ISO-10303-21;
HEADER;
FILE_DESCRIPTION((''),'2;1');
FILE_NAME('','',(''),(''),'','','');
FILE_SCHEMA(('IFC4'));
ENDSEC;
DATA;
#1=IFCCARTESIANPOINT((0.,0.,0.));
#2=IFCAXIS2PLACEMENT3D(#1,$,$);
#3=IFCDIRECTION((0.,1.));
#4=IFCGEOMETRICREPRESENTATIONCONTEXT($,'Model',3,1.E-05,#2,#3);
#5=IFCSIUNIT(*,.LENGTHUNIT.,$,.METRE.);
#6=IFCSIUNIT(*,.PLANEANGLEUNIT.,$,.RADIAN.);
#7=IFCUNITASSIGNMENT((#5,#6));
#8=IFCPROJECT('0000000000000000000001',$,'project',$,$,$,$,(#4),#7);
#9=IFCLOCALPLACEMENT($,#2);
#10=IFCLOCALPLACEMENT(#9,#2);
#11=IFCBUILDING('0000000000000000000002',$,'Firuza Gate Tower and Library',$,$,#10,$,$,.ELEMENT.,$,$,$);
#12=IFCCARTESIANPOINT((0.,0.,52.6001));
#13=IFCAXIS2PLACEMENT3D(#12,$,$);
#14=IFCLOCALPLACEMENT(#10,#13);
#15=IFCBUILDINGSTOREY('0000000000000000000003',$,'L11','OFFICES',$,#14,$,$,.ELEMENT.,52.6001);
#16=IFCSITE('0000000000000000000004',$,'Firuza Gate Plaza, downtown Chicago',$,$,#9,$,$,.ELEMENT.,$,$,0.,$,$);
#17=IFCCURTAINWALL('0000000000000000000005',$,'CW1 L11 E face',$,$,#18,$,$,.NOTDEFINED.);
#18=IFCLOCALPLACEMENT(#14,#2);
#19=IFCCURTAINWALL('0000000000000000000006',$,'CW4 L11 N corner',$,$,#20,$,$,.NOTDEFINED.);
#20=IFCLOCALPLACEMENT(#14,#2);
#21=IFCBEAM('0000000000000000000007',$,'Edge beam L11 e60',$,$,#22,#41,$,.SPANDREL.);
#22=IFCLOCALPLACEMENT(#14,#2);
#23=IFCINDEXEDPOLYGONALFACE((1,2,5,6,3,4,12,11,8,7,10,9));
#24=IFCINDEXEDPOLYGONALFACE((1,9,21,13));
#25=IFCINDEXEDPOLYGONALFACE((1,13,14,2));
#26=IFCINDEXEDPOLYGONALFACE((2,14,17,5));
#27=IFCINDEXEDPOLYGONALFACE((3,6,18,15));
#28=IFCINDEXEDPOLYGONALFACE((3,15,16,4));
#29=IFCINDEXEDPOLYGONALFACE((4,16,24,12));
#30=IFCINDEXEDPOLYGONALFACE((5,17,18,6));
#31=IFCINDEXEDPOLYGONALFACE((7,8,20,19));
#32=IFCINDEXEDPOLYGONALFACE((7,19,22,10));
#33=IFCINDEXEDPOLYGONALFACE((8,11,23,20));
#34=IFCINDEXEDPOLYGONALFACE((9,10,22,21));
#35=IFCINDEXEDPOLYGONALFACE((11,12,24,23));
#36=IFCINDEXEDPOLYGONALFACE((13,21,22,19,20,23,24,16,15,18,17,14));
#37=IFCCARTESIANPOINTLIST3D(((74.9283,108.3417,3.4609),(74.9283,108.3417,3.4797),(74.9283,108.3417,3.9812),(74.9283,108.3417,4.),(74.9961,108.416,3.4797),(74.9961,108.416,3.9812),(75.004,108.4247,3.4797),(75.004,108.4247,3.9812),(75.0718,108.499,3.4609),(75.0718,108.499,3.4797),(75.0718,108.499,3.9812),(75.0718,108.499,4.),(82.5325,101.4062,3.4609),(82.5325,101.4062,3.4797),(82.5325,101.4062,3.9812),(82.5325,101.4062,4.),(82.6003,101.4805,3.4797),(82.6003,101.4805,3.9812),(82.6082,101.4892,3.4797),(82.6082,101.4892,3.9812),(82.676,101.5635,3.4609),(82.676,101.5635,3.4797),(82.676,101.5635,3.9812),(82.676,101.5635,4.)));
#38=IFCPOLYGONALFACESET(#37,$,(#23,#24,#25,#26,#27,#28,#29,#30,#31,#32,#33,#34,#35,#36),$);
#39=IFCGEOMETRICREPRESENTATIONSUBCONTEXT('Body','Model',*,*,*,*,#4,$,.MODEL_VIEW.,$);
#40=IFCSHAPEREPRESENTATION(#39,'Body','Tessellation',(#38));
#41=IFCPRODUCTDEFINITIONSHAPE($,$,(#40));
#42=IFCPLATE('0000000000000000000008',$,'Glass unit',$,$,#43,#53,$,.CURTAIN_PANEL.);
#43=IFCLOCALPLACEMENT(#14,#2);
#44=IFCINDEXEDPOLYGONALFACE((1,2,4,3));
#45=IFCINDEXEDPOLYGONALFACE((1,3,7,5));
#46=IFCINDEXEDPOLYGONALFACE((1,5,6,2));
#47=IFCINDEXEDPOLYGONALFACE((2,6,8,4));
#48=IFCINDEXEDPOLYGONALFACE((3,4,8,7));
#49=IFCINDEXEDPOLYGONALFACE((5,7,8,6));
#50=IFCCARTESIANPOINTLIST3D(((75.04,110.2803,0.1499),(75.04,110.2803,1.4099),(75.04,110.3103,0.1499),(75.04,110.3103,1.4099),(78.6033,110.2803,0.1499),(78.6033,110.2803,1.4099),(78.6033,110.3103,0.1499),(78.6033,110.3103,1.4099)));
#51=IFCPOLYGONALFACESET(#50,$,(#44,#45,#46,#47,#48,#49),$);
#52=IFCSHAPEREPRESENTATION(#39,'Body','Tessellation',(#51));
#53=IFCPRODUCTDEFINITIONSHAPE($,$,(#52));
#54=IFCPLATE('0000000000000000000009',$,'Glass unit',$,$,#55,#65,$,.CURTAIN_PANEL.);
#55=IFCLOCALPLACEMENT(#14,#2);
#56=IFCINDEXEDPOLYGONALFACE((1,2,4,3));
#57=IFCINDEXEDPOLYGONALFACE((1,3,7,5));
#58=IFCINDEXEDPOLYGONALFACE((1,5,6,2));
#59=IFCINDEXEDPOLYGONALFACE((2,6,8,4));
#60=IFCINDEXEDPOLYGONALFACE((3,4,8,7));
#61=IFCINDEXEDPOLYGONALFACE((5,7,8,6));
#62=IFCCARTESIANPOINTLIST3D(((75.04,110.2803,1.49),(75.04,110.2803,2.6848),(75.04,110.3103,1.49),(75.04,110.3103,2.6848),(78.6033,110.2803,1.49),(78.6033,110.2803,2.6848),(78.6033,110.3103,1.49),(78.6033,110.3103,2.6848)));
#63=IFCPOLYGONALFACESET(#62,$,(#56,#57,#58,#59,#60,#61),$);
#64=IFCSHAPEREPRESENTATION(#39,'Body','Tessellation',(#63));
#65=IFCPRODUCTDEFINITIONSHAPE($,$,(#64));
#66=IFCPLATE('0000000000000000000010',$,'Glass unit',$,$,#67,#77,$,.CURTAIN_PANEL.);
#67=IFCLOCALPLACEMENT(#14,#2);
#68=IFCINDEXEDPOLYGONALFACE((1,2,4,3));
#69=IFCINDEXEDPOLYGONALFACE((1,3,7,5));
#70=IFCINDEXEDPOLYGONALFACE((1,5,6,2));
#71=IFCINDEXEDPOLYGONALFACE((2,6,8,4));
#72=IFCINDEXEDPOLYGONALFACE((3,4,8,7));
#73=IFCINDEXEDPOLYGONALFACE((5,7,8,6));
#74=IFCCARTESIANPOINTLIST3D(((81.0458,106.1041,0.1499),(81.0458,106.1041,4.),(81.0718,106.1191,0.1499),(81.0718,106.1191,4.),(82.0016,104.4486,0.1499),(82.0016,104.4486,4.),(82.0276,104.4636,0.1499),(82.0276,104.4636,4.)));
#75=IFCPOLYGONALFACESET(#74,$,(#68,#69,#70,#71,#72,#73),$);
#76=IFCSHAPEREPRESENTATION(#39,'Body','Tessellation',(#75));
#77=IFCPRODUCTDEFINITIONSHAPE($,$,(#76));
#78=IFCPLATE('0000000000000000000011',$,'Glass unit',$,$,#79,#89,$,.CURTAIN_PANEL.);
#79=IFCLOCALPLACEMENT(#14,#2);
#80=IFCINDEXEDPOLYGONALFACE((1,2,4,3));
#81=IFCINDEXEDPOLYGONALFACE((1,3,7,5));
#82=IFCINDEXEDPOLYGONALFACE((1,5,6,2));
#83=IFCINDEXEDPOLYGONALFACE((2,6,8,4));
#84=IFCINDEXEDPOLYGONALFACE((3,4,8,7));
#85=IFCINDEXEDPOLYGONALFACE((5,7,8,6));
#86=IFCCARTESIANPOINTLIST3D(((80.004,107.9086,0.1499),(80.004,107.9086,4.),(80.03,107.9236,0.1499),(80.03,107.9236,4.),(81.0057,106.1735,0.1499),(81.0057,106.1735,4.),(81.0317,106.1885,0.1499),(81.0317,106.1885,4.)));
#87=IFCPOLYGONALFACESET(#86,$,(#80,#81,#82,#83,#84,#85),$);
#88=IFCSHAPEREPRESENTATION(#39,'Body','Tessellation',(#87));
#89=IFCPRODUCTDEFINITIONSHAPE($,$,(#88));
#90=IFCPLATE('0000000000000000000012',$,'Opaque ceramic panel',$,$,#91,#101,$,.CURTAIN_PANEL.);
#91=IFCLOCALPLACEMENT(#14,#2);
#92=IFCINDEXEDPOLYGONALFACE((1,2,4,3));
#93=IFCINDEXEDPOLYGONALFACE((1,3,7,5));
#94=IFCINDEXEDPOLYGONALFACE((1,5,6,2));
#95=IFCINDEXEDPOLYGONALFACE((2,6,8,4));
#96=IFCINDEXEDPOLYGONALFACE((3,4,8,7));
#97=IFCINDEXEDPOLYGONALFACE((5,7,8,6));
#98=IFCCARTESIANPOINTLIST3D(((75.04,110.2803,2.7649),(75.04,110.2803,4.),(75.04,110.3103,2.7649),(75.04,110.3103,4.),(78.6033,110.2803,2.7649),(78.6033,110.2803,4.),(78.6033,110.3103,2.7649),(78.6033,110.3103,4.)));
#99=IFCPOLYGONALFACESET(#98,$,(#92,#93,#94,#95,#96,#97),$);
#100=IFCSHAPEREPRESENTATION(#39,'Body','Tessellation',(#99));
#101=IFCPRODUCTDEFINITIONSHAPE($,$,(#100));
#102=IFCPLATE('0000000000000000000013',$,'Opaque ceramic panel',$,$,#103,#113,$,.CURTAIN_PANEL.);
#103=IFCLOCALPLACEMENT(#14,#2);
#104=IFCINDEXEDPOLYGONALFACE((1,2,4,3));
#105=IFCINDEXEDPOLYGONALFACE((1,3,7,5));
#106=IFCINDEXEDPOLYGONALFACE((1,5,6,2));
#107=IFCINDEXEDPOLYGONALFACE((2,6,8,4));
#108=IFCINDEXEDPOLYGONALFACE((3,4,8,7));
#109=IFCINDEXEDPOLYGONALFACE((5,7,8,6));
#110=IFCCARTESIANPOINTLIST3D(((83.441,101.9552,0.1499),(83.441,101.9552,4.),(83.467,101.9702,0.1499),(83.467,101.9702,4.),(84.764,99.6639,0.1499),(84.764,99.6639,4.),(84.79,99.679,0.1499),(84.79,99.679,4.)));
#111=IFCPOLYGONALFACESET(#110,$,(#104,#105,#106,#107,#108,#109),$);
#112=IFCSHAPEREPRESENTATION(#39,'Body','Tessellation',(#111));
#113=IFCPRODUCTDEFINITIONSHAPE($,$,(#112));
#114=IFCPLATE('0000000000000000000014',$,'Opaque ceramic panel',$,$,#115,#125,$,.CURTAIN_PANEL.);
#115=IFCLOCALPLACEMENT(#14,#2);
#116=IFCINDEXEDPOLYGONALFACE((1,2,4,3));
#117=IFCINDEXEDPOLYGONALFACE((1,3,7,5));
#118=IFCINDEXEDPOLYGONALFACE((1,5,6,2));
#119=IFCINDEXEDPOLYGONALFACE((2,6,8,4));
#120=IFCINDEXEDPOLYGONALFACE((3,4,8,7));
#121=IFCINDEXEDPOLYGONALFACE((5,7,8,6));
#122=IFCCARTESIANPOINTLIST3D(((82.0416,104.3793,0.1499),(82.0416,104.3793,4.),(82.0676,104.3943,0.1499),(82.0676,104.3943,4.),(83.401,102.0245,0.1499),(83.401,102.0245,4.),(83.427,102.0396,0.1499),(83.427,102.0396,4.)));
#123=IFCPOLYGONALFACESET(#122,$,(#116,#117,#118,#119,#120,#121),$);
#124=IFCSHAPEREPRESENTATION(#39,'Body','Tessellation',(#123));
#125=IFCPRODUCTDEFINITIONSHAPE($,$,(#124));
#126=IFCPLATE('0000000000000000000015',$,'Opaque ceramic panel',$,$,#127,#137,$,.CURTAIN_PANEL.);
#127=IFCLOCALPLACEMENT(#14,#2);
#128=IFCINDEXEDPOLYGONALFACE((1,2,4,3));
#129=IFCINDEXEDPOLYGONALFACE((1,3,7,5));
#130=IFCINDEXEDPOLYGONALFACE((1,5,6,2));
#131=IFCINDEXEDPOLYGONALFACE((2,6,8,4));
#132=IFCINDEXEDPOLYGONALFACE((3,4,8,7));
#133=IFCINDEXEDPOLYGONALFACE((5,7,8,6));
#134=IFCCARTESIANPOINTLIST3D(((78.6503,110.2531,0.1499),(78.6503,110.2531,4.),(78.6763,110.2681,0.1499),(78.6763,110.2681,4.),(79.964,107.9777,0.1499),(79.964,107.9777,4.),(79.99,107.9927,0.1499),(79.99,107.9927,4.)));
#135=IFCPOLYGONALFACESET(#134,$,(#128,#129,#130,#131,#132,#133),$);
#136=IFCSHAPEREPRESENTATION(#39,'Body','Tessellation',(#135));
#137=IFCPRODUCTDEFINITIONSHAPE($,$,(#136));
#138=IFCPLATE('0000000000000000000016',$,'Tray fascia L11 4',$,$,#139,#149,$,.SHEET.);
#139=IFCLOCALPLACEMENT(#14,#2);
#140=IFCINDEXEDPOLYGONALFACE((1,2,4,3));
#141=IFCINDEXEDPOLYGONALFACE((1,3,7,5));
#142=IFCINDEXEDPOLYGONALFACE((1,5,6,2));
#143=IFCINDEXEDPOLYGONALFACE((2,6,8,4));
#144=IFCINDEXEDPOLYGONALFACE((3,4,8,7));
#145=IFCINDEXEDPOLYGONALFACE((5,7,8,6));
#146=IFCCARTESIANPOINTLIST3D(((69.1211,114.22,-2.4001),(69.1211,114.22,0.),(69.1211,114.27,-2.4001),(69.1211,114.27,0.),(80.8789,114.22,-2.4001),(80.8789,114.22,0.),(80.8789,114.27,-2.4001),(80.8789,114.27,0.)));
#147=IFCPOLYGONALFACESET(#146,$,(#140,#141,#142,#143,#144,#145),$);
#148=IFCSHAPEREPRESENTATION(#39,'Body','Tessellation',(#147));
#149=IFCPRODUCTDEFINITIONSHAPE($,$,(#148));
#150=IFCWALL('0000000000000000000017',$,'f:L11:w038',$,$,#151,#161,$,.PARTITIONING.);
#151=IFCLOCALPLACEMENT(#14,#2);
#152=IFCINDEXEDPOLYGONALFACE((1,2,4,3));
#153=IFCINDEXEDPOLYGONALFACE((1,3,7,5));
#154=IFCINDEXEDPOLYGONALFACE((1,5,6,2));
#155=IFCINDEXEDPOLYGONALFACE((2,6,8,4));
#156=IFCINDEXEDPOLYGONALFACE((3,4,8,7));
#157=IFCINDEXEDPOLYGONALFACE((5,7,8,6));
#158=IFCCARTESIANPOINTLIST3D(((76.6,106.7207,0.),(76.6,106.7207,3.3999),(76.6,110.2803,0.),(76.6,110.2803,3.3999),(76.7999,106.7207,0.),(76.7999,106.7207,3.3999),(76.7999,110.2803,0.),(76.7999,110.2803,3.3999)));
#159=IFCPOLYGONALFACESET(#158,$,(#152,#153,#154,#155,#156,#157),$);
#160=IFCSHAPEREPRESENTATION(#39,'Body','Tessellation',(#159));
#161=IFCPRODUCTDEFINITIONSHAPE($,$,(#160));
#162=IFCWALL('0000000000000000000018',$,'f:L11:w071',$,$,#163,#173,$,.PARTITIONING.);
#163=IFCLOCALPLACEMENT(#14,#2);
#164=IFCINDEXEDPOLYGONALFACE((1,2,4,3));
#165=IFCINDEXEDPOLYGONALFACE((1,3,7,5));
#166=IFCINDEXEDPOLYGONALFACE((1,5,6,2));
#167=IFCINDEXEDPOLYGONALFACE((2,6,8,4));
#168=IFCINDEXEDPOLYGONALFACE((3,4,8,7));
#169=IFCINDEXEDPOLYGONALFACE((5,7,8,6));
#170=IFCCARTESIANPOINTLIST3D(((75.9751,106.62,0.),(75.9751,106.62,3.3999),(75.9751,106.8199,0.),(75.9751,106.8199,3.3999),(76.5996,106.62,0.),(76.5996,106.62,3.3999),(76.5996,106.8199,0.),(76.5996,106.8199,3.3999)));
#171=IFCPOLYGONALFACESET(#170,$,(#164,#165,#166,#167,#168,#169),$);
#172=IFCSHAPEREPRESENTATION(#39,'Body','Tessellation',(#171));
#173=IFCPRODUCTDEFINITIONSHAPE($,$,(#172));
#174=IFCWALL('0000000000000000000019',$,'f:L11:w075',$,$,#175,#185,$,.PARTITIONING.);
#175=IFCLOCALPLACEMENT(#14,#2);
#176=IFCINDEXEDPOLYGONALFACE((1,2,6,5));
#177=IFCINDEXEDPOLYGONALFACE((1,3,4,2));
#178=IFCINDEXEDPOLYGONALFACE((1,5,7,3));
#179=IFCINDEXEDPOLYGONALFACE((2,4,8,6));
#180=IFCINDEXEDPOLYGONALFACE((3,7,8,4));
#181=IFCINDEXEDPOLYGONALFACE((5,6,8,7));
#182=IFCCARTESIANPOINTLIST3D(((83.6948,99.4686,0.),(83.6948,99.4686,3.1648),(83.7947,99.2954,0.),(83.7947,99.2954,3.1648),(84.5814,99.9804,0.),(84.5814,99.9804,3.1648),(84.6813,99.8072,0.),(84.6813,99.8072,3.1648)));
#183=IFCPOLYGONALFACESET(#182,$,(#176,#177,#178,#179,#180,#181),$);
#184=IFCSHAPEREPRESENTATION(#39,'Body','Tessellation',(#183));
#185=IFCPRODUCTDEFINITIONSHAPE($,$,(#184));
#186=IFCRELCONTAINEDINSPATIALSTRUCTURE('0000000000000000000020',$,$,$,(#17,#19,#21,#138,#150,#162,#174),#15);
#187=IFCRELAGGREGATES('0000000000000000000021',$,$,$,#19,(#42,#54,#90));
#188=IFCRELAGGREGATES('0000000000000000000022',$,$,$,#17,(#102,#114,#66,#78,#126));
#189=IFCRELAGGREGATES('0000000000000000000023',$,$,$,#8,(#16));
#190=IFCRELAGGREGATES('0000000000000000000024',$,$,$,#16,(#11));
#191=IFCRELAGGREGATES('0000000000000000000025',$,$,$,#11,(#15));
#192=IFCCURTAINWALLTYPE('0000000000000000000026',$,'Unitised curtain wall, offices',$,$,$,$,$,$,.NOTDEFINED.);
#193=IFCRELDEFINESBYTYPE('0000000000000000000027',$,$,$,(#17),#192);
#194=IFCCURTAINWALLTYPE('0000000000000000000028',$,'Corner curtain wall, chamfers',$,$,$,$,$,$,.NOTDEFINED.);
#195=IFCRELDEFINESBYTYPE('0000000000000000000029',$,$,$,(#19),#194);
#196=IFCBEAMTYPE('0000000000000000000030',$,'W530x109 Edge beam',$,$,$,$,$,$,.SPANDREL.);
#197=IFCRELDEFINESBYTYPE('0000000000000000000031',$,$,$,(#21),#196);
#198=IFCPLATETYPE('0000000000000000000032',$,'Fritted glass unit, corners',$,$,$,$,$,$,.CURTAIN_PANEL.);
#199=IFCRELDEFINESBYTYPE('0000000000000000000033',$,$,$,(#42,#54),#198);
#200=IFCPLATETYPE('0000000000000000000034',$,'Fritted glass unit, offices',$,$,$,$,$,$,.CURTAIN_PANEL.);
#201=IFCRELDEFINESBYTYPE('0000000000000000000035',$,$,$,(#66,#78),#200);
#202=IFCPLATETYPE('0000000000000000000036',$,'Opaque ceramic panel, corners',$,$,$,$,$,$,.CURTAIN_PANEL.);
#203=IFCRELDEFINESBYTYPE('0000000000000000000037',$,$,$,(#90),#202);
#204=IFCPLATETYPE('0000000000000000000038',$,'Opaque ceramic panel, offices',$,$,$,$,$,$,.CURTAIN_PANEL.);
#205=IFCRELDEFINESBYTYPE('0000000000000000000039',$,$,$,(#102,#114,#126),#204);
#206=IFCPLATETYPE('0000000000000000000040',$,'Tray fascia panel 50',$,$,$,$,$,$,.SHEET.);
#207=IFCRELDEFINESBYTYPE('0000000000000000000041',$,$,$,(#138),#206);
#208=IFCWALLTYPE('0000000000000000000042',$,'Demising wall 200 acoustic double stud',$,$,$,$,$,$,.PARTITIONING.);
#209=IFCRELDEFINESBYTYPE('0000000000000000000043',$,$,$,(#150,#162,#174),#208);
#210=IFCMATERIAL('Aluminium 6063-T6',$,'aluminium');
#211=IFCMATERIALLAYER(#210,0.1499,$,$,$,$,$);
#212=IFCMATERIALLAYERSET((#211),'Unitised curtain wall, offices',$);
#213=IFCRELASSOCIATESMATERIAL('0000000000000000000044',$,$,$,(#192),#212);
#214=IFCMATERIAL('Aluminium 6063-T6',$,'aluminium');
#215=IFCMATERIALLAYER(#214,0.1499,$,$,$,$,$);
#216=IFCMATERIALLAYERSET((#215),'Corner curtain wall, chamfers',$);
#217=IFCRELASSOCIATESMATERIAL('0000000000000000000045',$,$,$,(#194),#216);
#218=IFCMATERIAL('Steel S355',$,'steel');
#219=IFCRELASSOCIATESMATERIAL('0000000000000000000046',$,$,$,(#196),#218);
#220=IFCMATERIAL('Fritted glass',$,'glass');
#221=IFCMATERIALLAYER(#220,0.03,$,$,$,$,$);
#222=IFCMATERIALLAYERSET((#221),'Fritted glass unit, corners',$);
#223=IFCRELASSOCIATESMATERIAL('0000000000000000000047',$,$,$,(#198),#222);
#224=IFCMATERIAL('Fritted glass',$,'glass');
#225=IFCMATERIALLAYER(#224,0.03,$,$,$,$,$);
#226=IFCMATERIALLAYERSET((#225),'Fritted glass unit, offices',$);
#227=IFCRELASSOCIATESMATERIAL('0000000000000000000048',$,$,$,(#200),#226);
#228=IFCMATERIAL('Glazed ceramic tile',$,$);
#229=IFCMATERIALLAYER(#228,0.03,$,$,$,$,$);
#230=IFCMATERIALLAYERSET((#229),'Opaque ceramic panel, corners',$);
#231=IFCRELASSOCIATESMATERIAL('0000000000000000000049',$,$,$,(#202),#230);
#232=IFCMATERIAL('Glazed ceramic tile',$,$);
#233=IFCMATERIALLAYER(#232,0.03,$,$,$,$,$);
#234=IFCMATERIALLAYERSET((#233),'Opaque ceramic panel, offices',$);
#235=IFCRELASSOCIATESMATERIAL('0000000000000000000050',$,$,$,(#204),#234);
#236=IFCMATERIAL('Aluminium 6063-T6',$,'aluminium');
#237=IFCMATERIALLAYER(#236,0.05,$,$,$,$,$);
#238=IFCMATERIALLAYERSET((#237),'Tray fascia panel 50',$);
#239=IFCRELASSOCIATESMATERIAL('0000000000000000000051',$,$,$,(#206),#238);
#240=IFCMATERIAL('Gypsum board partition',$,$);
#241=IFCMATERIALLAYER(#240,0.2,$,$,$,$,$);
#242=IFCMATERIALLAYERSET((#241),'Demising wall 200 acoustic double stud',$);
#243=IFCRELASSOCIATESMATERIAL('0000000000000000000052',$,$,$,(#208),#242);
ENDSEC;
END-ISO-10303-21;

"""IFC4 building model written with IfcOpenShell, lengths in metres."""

from ifc_helpers import new_model, si_unit, direction, frame, frame_2d, origin, origin_2d, place, context, subcontext, project, spatial, polyline, rectangle, i_section, outline, extrude, material, layer, layer_set, material_profile, profile_set, type_object, element, aggregate, save


model = new_model("IFC4")

# Units and contexts
model_context = context("Model", 3, precision=1e-05, world=origin(), true_north=direction((0.0, 1.0)))
body_context = subcontext(model_context, "Body", "Model", "MODEL_VIEW")
ifc_project = project(units=[si_unit("LENGTHUNIT", "METRE"), si_unit("PLANEANGLEUNIT", "RADIAN")], contexts=[model_context])

# Site, building, storey
site_placement = place(None, origin())
site = spatial("IfcSite", under=ifc_project, at=site_placement, Name="Firuza Gate Plaza, downtown Chicago", CompositionType="ELEMENT", RefElevation=0.0)
building_placement = place(site_placement, origin())
building = spatial("IfcBuilding", under=site, at=building_placement, Name="Firuza Gate Tower and Library", CompositionType="ELEMENT")
storey_placement = place(building_placement, frame((0.0, 0.0, 52.6001)))
storey = spatial("IfcBuildingStorey", under=building, at=storey_placement, Name="L11", Description="OFFICES", CompositionType="ELEMENT", Elevation=52.6001)

# Curtain walls
ifc_material_1 = material(Name="Aluminium 6063-T6", Category="aluminium")
ifc_layer_1 = layer(ifc_material_1, 0.1499)
ifc_layer_set_1 = layer_set([ifc_layer_1], Name="Unitised curtain wall, offices")
curtain_wall_type_1 = type_object("IfcCurtainWallType", Name="Unitised curtain wall, offices", PredefinedType="NOTDEFINED", material=ifc_layer_set_1)
placement = place(storey_placement, origin())
curtain_wall_1 = element("IfcCurtainWall", 1, at=placement, inside=storey, type_object=curtain_wall_type_1, Name="CW1 L11 E face", PredefinedType="NOTDEFINED")
ifc_material_2 = material(Name="Aluminium 6063-T6", Category="aluminium")
ifc_layer_2 = layer(ifc_material_2, 0.1499)
ifc_layer_set_2 = layer_set([ifc_layer_2], Name="Corner curtain wall, chamfers")
curtain_wall_type_2 = type_object("IfcCurtainWallType", Name="Corner curtain wall, chamfers", PredefinedType="NOTDEFINED", material=ifc_layer_set_2)
curtain_wall_2 = element("IfcCurtainWall", 2, at=placement, inside=storey, type_object=curtain_wall_type_2, Name="CW4 L11 N corner", PredefinedType="NOTDEFINED")

# Beam
ifc_material_3 = material(Name="Steel S355", Category="steel")
ifc_material_profile_1 = material_profile(ifc_material_3, i_section(OverallWidth=0.2129, OverallDepth=0.5391, WebThickness=0.0117, FlangeThickness=0.0188, at=origin_2d()))
ifc_profile_set_1 = profile_set([ifc_material_profile_1], Name="Steel S355")
beam_type_1 = type_object("IfcBeamType", Name="W530x109 Edge beam", PredefinedType="SPANDREL", material=ifc_profile_set_1)
beam_1_placement = place(storey_placement, frame((82.6042, 101.4849, 3.7305), z_axis=(-0.738846, 0.673874, 0.0), x_axis=(-0.673874, -0.738846, 0.0)))
element("IfcBeam", 3, at=beam_1_placement, inside=storey, type_object=beam_type_1, Name="Edge beam L11 e60", PredefinedType="SPANDREL", context=body_context, shape_type="SweptSolid", body=[
    extrude(i_section(OverallWidth=0.2129, OverallDepth=0.5391, WebThickness=0.0117, FlangeThickness=0.0188, at=origin_2d()), origin(), (0.0, 0.0, 1.0), 10.292),
])

# Plates
ifc_material_4 = material(Name="Fritted glass", Category="glass")
ifc_layer_3 = layer(ifc_material_4, 0.03)
ifc_layer_set_3 = layer_set([ifc_layer_3], Name="Fritted glass unit, corners")
plate_type_1 = type_object("IfcPlateType", Name="Fritted glass unit, corners", PredefinedType="CURTAIN_PANEL", material=ifc_layer_set_3)
plate_1_placement = place(storey_placement, frame((78.6033, 110.3103, 0.1499), z_axis=(0.0, 1.0, 0.0), x_axis=(-1.0, 0.0, 0.0)))
plate_1 = element("IfcPlate", 4, at=plate_1_placement, type_object=plate_type_1, Name="Glass unit", PredefinedType="CURTAIN_PANEL", context=body_context, shape_type="SweptSolid", body=[
    extrude(outline(polyline([(0.0, 0.0), (3.5632, 0.0), (3.5632, 1.26), (0.0, 1.26), (0.0, 0.0)])), origin(), (0.0, 0.0, -1.0), 0.03),
])
plate_2_placement = place(storey_placement, frame((78.6033, 110.3103, 1.49), z_axis=(0.0, 1.0, 0.0), x_axis=(-1.0, 0.0, 0.0)))
plate_2 = element("IfcPlate", 5, at=plate_2_placement, type_object=plate_type_1, Name="Glass unit", PredefinedType="CURTAIN_PANEL", context=body_context, shape_type="SweptSolid", body=[
    extrude(outline(polyline([(0.0, 0.0), (3.5632, 0.0), (3.5632, 1.1948), (0.0, 1.1948), (0.0, 0.0)])), origin(), (0.0, 0.0, -1.0), 0.03),
])
ifc_material_5 = material(Name="Fritted glass", Category="glass")
ifc_layer_4 = layer(ifc_material_5, 0.03)
ifc_layer_set_4 = layer_set([ifc_layer_4], Name="Fritted glass unit, offices")
plate_type_2 = type_object("IfcPlateType", Name="Fritted glass unit, offices", PredefinedType="CURTAIN_PANEL", material=ifc_layer_set_4)
plate_3_placement = place(storey_placement, frame((82.0276, 104.4636, 0.1499), z_axis=(0.866026, 0.499999, 0.0), x_axis=(-0.499999, 0.866026, 0.0)))
plate_3 = element("IfcPlate", 6, at=plate_3_placement, type_object=plate_type_2, Name="Glass unit", PredefinedType="CURTAIN_PANEL", context=body_context, shape_type="SweptSolid", body=[
    extrude(outline(polyline([(0.0, 0.0), (1.9116, 0.0), (1.9116, 3.8501), (0.0, 3.8501), (0.0, 0.0)])), origin(), (0.0, 0.0, -1.0), 0.03),
])
plate_4_placement = place(storey_placement, frame((81.0317, 106.1885, 0.1499), z_axis=(0.866037, 0.499979, 0.0), x_axis=(-0.499979, 0.866037, 0.0)))
plate_4 = element("IfcPlate", 7, at=plate_4_placement, type_object=plate_type_2, Name="Glass unit", PredefinedType="CURTAIN_PANEL", context=body_context, shape_type="SweptSolid", body=[
    extrude(outline(polyline([(0.0, 0.0), (2.0035, 0.0), (2.0035, 3.8501), (0.0, 3.8501), (0.0, 0.0)])), origin(), (0.0, 0.0, -1.0), 0.03),
])
ifc_material_6 = material(Name="Glazed ceramic tile")
ifc_layer_5 = layer(ifc_material_6, 0.03)
ifc_layer_set_5 = layer_set([ifc_layer_5], Name="Opaque ceramic panel, corners")
plate_type_3 = type_object("IfcPlateType", Name="Opaque ceramic panel, corners", PredefinedType="CURTAIN_PANEL", material=ifc_layer_set_5)
plate_5_placement = place(storey_placement, frame((78.6033, 110.3103, 2.7649), z_axis=(0.0, 1.0, 0.0), x_axis=(-1.0, 0.0, 0.0)))
plate_5 = element("IfcPlate", 8, at=plate_5_placement, type_object=plate_type_3, Name="Opaque ceramic panel", PredefinedType="CURTAIN_PANEL", context=body_context, shape_type="SweptSolid", body=[
    extrude(outline(polyline([(0.0, 0.0), (3.5632, 0.0), (3.5632, 1.2351), (0.0, 1.2351), (0.0, 0.0)])), origin(), (0.0, 0.0, -1.0), 0.03),
])
aggregate(curtain_wall_2, [plate_1, plate_2, plate_5])
ifc_material_7 = material(Name="Glazed ceramic tile")
ifc_layer_6 = layer(ifc_material_7, 0.03)
ifc_layer_set_6 = layer_set([ifc_layer_6], Name="Opaque ceramic panel, offices")
plate_type_4 = type_object("IfcPlateType", Name="Opaque ceramic panel, offices", PredefinedType="CURTAIN_PANEL", material=ifc_layer_set_6)
plate_6_placement = place(storey_placement, frame((84.79, 99.679, 0.1499), z_axis=(0.866003, 0.500039, 0.0), x_axis=(-0.500039, 0.866003, 0.0)))
plate_6 = element("IfcPlate", 9, at=plate_6_placement, type_object=plate_type_4, Name="Opaque ceramic panel", PredefinedType="CURTAIN_PANEL", context=body_context, shape_type="SweptSolid", body=[
    extrude(outline(polyline([(0.0, 0.0), (2.6458, 0.0), (2.6458, 3.8501), (0.0, 3.8501), (0.0, 0.0)])), origin(), (0.0, 0.0, -1.0), 0.03),
])
plate_7_placement = place(storey_placement, frame((83.427, 102.0396, 0.1499), z_axis=(0.866047, 0.499963, 0.0), x_axis=(-0.499963, 0.866047, 0.0)))
plate_7 = element("IfcPlate", 10, at=plate_7_placement, type_object=plate_type_4, Name="Opaque ceramic panel", PredefinedType="CURTAIN_PANEL", context=body_context, shape_type="SweptSolid", body=[
    extrude(outline(polyline([(0.0, 0.0), (2.7189, 0.0), (2.7189, 3.8501), (0.0, 3.8501), (0.0, 0.0)])), origin(), (0.0, 0.0, -1.0), 0.03),
])
plate_8_placement = place(storey_placement, frame((79.99, 107.9927, 0.1499), z_axis=(0.866022, 0.500007, 0.0), x_axis=(-0.500007, 0.866022, 0.0)))
plate_8 = element("IfcPlate", 11, at=plate_8_placement, type_object=plate_type_4, Name="Opaque ceramic panel", PredefinedType="CURTAIN_PANEL", context=body_context, shape_type="SweptSolid", body=[
    extrude(outline(polyline([(0.0, 0.0), (2.6274, 0.0), (2.6274, 3.8501), (0.0, 3.8501), (0.0, 0.0)])), origin(), (0.0, 0.0, -1.0), 0.03),
])
aggregate(curtain_wall_1, [plate_6, plate_7, plate_3, plate_4, plate_8])
ifc_material_8 = material(Name="Aluminium 6063-T6", Category="aluminium")
ifc_layer_7 = layer(ifc_material_8, 0.05)
ifc_layer_set_7 = layer_set([ifc_layer_7], Name="Tray fascia panel 50")
plate_type_5 = type_object("IfcPlateType", Name="Tray fascia panel 50", PredefinedType="SHEET", material=ifc_layer_set_7)
plate_9_placement = place(storey_placement, frame((80.8789, 114.27, -2.4001), z_axis=(0.0, 1.0, 0.0), x_axis=(-1.0, 0.0, 0.0)))
element("IfcPlate", 12, at=plate_9_placement, inside=storey, type_object=plate_type_5, Name="Tray fascia L11 4", PredefinedType="SHEET", context=body_context, shape_type="SweptSolid", body=[
    extrude(outline(polyline([(0.0, 0.0), (11.7578, 0.0), (11.7578, 2.4001), (0.0, 2.4001), (0.0, 0.0)])), origin(), (0.0, 0.0, -1.0), 0.05),
])

# Walls
ifc_material_9 = material(Name="Gypsum board partition")
ifc_layer_8 = layer(ifc_material_9, 0.2)
ifc_layer_set_8 = layer_set([ifc_layer_8], Name="Demising wall 200 acoustic double stud")
wall_type_1 = type_object("IfcWallType", Name="Demising wall 200 acoustic double stud", PredefinedType="PARTITIONING", material=ifc_layer_set_8)
wall_1_placement = place(storey_placement, frame((76.7, 106.7207, 0.0), z_axis=(0.0, 0.0, 1.0), x_axis=(0.0, 1.0, 0.0)))
element("IfcWall", 13, at=wall_1_placement, inside=storey, type_object=wall_type_1, Name="f:L11:w038", PredefinedType="PARTITIONING", context=body_context, shape_type="SweptSolid", body=[
    extrude(rectangle(XDim=3.5596, YDim=0.2, at=frame_2d((1.7798, 0.0))), origin(), (0.0, 0.0, 1.0), 3.3999),
])
wall_2_placement = place(storey_placement, frame((75.9751, 106.72, 0.0), z_axis=(0.0, 0.0, 1.0), x_axis=(1.0, 0.0, 0.0)))
element("IfcWall", 14, at=wall_2_placement, inside=storey, type_object=wall_type_1, Name="f:L11:w071", PredefinedType="PARTITIONING", context=body_context, shape_type="SweptSolid", body=[
    extrude(rectangle(XDim=0.6245, YDim=0.2, at=frame_2d((0.3123, 0.0))), origin(), (0.0, 0.0, 1.0), 3.3999),
])
wall_3_placement = place(storey_placement, frame((83.7449, 99.3821, 0.0), z_axis=(0.0, 0.0, 1.0), x_axis=(0.866062, 0.499936, 0.0)))
element("IfcWall", 15, at=wall_3_placement, inside=storey, type_object=wall_type_1, Name="f:L11:w075", PredefinedType="PARTITIONING", context=body_context, shape_type="SweptSolid", body=[
    extrude(rectangle(XDim=1.0237, YDim=0.2, at=frame_2d((0.5117, 0.0))), origin(), (0.0, 0.0, 1.0), 3.1648),
])

save(model, "model.ifc")
